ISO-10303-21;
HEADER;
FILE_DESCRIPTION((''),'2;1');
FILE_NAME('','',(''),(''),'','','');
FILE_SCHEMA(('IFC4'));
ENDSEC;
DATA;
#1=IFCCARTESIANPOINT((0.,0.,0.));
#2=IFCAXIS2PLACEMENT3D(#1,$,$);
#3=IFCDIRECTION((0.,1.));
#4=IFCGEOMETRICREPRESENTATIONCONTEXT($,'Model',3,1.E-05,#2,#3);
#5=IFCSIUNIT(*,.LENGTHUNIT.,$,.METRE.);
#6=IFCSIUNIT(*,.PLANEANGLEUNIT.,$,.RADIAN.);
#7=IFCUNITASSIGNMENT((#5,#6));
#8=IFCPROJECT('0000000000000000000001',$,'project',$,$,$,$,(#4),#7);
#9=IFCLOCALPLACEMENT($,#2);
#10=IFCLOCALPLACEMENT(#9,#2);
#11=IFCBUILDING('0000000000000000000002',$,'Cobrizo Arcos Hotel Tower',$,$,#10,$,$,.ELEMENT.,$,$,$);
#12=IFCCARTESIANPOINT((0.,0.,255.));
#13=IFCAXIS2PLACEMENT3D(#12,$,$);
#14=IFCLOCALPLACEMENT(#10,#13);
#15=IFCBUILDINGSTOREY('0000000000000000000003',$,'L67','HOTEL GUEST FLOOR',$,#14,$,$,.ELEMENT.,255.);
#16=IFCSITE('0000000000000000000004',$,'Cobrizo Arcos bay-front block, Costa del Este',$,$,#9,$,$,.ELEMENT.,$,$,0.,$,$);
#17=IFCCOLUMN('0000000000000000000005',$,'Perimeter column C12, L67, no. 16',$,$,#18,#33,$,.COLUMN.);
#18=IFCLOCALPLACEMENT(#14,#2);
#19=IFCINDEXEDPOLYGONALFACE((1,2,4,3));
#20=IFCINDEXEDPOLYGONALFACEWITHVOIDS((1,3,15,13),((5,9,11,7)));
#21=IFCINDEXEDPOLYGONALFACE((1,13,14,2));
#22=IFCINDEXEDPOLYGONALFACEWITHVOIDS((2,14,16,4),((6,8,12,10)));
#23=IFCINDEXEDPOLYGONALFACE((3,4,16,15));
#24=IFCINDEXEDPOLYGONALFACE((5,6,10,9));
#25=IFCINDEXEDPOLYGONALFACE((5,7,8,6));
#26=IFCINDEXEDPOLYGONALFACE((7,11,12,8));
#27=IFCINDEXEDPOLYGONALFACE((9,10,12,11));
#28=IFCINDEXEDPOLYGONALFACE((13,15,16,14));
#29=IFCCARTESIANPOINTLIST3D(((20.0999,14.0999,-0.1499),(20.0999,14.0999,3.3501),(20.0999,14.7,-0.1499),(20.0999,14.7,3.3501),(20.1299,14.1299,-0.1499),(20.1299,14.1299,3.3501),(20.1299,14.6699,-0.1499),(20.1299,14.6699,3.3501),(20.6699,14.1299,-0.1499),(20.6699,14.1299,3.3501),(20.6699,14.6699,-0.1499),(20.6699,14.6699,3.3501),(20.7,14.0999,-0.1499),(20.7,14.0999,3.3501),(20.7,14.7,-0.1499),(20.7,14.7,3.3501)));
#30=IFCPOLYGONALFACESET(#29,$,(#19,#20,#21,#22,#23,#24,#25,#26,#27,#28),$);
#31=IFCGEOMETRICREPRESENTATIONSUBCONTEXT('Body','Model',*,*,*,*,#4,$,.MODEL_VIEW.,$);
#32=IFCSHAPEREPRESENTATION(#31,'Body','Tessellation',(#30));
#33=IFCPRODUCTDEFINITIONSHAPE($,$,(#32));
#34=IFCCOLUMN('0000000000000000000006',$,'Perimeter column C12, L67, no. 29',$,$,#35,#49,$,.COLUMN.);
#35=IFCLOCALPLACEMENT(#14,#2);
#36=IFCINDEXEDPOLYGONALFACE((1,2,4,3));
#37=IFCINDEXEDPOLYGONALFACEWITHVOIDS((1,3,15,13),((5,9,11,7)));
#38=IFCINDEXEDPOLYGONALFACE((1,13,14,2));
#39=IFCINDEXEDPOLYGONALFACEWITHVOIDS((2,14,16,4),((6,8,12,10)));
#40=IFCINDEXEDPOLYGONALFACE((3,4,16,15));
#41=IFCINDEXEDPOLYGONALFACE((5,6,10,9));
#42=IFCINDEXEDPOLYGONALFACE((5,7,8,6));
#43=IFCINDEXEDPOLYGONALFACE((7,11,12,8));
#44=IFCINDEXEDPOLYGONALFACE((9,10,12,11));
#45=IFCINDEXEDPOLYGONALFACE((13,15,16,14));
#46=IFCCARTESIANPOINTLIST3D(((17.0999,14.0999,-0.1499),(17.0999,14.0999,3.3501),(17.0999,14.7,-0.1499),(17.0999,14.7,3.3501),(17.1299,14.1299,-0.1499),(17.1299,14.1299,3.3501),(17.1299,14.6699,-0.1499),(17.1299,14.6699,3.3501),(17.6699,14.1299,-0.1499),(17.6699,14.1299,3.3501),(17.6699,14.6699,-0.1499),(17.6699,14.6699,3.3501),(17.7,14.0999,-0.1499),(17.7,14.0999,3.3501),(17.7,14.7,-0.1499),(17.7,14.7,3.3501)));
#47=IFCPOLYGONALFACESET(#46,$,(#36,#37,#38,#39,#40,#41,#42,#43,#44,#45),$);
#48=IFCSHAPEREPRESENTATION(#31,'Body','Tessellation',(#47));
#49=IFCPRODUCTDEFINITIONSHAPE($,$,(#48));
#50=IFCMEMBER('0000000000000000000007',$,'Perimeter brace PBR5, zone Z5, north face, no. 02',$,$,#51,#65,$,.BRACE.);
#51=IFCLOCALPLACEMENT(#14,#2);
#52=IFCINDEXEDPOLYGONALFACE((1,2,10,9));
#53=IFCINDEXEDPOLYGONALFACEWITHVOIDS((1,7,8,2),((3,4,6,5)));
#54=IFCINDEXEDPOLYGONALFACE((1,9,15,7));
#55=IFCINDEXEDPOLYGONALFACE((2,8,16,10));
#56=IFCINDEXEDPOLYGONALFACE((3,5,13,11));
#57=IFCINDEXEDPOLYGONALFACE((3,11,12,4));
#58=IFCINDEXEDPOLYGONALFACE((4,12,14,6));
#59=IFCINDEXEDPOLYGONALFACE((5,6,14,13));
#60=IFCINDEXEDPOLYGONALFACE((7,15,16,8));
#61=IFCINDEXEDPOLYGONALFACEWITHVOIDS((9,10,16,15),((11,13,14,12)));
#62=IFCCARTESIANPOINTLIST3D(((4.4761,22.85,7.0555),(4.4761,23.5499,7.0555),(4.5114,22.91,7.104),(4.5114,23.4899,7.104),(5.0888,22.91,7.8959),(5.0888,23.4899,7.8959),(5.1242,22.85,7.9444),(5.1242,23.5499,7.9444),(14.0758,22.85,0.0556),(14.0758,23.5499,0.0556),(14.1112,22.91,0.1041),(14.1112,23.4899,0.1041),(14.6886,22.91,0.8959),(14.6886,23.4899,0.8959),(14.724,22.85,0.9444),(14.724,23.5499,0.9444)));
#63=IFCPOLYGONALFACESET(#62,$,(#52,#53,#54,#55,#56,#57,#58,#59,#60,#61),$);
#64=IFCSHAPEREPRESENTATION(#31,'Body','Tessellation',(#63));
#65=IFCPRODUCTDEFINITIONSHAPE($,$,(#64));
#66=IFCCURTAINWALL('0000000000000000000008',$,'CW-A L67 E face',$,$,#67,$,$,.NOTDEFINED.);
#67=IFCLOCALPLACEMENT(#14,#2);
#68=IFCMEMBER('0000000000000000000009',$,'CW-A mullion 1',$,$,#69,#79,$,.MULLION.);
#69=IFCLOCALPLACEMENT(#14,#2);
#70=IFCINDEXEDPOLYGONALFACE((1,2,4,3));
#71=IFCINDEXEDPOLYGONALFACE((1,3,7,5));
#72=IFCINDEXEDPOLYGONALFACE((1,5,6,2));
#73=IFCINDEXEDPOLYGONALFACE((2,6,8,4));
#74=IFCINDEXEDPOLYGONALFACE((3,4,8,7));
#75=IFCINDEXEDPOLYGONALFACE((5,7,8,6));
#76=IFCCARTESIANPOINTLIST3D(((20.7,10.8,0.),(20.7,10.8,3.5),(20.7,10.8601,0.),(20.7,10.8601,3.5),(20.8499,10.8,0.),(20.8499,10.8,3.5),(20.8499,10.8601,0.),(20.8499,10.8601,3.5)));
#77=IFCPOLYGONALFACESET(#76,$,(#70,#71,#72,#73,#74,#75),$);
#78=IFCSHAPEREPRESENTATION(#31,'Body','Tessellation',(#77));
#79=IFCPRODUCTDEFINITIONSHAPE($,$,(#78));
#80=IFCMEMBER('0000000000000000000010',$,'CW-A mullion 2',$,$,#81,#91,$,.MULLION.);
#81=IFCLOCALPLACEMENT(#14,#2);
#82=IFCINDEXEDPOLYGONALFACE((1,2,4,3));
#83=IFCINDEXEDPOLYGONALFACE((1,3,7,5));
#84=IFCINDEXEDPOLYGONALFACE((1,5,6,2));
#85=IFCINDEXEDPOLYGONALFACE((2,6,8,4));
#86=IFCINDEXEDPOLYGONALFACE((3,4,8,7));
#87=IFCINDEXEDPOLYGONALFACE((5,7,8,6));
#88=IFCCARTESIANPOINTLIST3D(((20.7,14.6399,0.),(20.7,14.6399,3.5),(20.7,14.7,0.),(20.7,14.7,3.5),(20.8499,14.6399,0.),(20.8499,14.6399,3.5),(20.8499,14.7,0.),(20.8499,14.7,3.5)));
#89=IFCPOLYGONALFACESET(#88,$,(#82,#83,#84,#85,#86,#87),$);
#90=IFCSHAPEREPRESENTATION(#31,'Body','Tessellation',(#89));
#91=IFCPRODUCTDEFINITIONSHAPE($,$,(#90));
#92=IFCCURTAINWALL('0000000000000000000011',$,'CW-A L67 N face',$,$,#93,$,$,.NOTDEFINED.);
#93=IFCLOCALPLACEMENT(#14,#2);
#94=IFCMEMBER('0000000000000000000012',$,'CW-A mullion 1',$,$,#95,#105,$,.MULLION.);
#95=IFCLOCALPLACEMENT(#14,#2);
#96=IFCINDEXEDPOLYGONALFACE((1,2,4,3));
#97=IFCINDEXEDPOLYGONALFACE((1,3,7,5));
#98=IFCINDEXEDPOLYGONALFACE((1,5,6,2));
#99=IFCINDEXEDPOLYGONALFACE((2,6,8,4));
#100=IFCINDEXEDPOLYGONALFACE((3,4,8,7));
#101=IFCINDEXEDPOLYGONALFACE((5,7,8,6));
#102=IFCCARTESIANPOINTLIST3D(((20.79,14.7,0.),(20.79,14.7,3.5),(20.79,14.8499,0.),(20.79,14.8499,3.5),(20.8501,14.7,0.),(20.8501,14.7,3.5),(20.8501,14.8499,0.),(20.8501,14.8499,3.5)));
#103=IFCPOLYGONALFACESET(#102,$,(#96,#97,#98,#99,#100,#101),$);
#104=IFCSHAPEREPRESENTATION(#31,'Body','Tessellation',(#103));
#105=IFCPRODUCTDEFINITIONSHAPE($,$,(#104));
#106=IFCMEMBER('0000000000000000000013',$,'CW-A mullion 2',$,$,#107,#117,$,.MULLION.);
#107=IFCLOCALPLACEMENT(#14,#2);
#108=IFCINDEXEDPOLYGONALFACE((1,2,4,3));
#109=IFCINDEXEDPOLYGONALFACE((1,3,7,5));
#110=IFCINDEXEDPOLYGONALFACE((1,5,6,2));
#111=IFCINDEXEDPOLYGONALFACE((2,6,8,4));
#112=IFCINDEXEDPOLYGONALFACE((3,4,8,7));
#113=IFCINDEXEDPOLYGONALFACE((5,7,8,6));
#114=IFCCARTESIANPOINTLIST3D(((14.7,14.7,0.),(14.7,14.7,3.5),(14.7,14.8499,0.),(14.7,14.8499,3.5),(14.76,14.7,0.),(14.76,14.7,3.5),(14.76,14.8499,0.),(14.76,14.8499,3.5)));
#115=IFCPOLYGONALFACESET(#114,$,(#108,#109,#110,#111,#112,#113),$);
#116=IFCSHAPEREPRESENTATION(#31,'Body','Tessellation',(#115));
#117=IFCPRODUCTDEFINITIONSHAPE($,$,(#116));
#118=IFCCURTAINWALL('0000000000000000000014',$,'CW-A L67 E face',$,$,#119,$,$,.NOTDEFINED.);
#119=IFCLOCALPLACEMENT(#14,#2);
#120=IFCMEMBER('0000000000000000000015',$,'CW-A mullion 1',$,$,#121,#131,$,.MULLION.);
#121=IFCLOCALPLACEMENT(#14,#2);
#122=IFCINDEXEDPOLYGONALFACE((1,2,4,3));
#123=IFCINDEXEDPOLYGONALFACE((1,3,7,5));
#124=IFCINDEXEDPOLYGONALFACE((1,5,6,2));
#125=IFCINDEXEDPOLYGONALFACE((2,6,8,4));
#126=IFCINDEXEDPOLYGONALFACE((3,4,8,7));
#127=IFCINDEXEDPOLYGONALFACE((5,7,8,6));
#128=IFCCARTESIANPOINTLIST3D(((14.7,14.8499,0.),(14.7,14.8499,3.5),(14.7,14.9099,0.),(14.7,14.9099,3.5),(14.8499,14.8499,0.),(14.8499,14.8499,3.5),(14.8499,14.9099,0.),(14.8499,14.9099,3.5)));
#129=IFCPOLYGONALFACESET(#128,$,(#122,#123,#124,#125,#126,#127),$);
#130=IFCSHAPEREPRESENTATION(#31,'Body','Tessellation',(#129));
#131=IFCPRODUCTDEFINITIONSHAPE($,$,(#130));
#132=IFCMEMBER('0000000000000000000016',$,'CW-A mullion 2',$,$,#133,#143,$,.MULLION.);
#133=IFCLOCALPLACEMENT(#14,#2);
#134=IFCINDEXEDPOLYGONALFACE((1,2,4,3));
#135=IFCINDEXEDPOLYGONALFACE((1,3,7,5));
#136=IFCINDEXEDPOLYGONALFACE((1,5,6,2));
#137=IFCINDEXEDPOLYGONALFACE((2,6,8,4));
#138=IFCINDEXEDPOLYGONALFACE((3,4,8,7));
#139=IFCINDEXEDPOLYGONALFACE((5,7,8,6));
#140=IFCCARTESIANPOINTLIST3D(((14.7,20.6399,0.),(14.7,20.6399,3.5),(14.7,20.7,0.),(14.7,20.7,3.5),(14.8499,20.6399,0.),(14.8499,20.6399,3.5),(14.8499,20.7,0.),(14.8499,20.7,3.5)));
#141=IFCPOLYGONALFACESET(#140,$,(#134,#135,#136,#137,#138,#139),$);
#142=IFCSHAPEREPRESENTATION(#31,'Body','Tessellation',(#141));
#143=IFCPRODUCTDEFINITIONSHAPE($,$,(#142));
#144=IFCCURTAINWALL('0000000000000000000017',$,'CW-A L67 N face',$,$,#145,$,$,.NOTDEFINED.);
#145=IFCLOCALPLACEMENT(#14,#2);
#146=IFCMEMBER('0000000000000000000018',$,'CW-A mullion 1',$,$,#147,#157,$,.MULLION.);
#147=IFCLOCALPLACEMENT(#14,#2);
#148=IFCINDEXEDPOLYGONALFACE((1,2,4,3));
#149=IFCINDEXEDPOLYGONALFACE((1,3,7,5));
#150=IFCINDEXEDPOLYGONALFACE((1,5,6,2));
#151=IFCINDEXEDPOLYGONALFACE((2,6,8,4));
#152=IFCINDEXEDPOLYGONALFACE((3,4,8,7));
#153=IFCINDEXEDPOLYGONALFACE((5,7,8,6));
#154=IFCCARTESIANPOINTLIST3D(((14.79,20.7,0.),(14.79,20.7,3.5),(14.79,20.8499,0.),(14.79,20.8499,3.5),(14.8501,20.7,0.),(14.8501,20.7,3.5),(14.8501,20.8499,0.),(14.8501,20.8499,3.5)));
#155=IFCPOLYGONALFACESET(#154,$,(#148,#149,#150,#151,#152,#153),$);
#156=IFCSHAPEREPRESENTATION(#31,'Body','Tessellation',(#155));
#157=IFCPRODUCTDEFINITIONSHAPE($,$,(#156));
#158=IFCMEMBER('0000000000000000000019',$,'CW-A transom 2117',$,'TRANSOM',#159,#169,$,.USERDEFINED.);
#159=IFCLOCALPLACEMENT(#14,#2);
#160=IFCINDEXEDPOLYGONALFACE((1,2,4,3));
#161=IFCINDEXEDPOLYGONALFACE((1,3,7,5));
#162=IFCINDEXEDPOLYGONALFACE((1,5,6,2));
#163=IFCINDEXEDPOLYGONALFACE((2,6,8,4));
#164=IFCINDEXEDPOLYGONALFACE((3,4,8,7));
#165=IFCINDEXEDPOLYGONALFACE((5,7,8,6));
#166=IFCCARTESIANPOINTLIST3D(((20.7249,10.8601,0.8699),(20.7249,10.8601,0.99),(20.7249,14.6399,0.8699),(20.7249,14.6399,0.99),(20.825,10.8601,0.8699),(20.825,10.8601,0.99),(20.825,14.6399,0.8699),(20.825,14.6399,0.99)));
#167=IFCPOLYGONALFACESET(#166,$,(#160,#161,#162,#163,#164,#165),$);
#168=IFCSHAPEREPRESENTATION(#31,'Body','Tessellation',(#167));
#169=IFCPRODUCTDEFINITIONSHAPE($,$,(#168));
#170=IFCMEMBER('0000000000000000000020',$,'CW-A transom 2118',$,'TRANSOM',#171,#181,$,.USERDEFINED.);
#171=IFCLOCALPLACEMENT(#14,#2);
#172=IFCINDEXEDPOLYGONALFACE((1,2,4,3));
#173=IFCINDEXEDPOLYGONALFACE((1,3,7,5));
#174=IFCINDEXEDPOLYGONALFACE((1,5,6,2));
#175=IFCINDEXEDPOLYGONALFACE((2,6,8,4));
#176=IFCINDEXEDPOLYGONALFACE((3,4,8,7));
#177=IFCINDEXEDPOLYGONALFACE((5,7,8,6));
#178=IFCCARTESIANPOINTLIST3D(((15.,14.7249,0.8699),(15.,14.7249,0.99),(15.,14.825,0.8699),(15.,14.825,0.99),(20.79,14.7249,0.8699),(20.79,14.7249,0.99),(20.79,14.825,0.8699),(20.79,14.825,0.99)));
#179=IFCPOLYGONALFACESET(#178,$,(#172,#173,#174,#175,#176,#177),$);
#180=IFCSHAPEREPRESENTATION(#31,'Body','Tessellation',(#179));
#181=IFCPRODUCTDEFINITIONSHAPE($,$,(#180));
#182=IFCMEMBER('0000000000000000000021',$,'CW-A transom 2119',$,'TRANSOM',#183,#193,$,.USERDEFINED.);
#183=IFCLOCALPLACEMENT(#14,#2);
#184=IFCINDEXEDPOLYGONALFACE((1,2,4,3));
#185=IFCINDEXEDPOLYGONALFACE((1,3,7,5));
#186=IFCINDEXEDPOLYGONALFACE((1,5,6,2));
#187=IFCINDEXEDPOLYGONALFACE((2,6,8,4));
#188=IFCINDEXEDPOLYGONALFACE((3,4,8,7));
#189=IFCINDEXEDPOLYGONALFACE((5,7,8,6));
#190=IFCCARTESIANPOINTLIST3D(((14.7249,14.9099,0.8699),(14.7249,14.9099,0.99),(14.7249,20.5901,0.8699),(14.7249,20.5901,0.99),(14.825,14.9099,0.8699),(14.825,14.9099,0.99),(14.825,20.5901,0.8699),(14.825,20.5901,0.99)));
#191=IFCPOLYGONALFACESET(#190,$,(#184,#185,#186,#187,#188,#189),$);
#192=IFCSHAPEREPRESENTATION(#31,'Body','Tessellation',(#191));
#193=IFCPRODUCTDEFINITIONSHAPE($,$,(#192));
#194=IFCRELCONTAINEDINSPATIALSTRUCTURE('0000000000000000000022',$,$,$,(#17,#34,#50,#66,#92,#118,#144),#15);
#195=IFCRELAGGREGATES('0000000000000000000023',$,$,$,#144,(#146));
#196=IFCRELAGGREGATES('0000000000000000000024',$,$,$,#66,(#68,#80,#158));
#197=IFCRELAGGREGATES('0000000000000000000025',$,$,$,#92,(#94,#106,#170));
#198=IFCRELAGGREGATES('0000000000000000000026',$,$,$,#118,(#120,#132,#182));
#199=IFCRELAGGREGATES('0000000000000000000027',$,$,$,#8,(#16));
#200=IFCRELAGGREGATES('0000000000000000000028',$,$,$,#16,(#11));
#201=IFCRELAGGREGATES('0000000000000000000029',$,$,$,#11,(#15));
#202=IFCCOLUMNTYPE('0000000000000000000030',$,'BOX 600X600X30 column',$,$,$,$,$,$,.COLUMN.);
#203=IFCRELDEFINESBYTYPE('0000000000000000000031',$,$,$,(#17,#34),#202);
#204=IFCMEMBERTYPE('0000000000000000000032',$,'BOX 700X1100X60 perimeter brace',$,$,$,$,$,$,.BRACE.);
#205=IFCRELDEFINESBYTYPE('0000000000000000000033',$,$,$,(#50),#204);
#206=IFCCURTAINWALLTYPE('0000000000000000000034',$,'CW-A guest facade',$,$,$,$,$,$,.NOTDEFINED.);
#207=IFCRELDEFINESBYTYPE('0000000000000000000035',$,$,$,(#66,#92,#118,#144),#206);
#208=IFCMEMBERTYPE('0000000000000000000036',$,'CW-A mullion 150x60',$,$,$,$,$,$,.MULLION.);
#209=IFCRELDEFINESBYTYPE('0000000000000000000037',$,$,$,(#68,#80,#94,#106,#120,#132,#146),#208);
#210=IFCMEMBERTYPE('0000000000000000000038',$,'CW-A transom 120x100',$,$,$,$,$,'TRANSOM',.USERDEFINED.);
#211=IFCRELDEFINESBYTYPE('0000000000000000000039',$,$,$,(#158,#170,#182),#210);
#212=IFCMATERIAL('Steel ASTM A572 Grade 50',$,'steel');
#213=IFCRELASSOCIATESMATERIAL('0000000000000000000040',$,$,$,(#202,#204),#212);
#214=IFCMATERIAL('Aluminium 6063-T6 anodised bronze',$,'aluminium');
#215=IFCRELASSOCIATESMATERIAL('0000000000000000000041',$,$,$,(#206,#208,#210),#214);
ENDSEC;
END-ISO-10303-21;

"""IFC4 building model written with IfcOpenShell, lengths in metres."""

from ifc_helpers import new_model, si_unit, direction, frame, origin, origin_2d, place, context, subcontext, project, spatial, rectangle, hollow_rectangle, extrude, material, material_profile, profile_set, type_object, element, aggregate, save


model = new_model("IFC4")

# Units and contexts
model_context = context("Model", 3, precision=1e-05, world=origin(), true_north=direction((0.0, 1.0)))
body_context = subcontext(model_context, "Body", "Model", "MODEL_VIEW")
ifc_project = project(units=[si_unit("LENGTHUNIT", "METRE"), si_unit("PLANEANGLEUNIT", "RADIAN")], contexts=[model_context])

# Site, building, storey
site_placement = place(None, origin())
site = spatial("IfcSite", under=ifc_project, at=site_placement, Name="Cobrizo Arcos bay-front block, Costa del Este", CompositionType="ELEMENT", RefElevation=0.0)
building_placement = place(site_placement, origin())
building = spatial("IfcBuilding", under=site, at=building_placement, Name="Cobrizo Arcos Hotel Tower", CompositionType="ELEMENT")
storey_placement = place(building_placement, frame((0.0, 0.0, 255.0)))
storey = spatial("IfcBuildingStorey", under=building, at=storey_placement, Name="L67", Description="HOTEL GUEST FLOOR", CompositionType="ELEMENT", Elevation=255.0)

# Columns
ifc_material_1 = material(Name="Steel ASTM A572 Grade 50", Category="steel")
ifc_material_profile_1 = material_profile(ifc_material_1, hollow_rectangle(XDim=0.6001, YDim=0.6001, WallThickness=0.03, at=origin_2d()), Name="BOX 600X600X30")
ifc_profile_set_1 = profile_set([ifc_material_profile_1], Name="Steel ASTM A572 Grade 50")
column_type = type_object("IfcColumnType", Name="BOX 600X600X30 column", PredefinedType="COLUMN", material=ifc_profile_set_1)
for number, where, z_axis, x_axis, name in (
    (1, (20.3999, 14.3999, -0.1499), (0.0, 0.0, 1.0), (1.0, 0.0, 0.0), "Perimeter column C12, L67, no. 16"),
    (2, (17.3999, 14.3999, -0.1499), (0.0, 0.0, 1.0), (1.0, 0.0, 0.0), "Perimeter column C12, L67, no. 29"),
):
    element("IfcColumn", number, at=place(storey_placement, frame(where, z_axis=z_axis, x_axis=x_axis)), inside=storey, type_object=column_type, Name=name, PredefinedType="COLUMN", context=body_context, shape_type="SweptSolid", body=[
        extrude(hollow_rectangle(XDim=0.6001, YDim=0.6001, WallThickness=0.03, at=origin_2d()), origin(), (0.0, 0.0, 1.0), 3.5),
    ])

# Member
ifc_material_profile_2 = material_profile(ifc_material_1, hollow_rectangle(XDim=0.7, YDim=1.1001, WallThickness=0.0601, at=origin_2d()), Name="BOX 700X1100X60")
ifc_profile_set_2 = profile_set([ifc_material_profile_2], Name="Steel ASTM A572 Grade 50")
member_type_1 = type_object("IfcMemberType", Name="BOX 700X1100X60 perimeter brace", PredefinedType="BRACE", material=ifc_profile_set_2)
member_1_placement = place(storey_placement, frame((14.3999, 23.2, 0.5), z_axis=(-0.808003, 0.0, 0.589178), x_axis=(0.0, -1.0, 0.0)))
element("IfcMember", 3, at=member_1_placement, inside=storey, type_object=member_type_1, Name="Perimeter brace PBR5, zone Z5, north face, no. 02", PredefinedType="BRACE", context=body_context, shape_type="SweptSolid", body=[
    extrude(hollow_rectangle(XDim=0.7, YDim=1.1001, WallThickness=0.0601, at=origin_2d()), origin(), (0.0, 0.0, 1.0), 11.8809),
])

# Curtain walls, members
ifc_material_2 = material(Name="Aluminium 6063-T6 anodised bronze", Category="aluminium")
curtain_wall_type = type_object("IfcCurtainWallType", Name="CW-A guest facade", PredefinedType="NOTDEFINED", material=ifc_material_2)
curtain_wall_1_placement = place(storey_placement, origin())
curtain_wall_1 = element("IfcCurtainWall", 4, at=curtain_wall_1_placement, inside=storey, type_object=curtain_wall_type, Name="CW-A L67 E face", PredefinedType="NOTDEFINED")
ifc_material_profile_3 = material_profile(ifc_material_2, rectangle(XDim=0.1499, YDim=0.0601, at=origin_2d()), Name="CW-A mullion 150x60")
ifc_profile_set_3 = profile_set([ifc_material_profile_3], Name="Aluminium 6063-T6 anodised bronze")
member_type_2 = type_object("IfcMemberType", Name="CW-A mullion 150x60", PredefinedType="MULLION", material=ifc_profile_set_3)
member_2_placement = place(storey_placement, frame((20.7749, 10.8301, 0.0), z_axis=(0.0, 0.0, 1.0), x_axis=(1.0, 0.0, 0.0)))
member_2 = element("IfcMember", 5, at=member_2_placement, type_object=member_type_2, Name="CW-A mullion 1", PredefinedType="MULLION", context=body_context, shape_type="SweptSolid", body=[
    extrude(rectangle(XDim=0.1499, YDim=0.0601, at=origin_2d()), origin(), (0.0, 0.0, 1.0), 3.5),
])
member_3_placement = place(storey_placement, frame((20.7749, 14.6699, 0.0), z_axis=(0.0, 0.0, 1.0), x_axis=(1.0, 0.0, 0.0)))
member_3 = element("IfcMember", 6, at=member_3_placement, type_object=member_type_2, Name="CW-A mullion 2", PredefinedType="MULLION", context=body_context, shape_type="SweptSolid", body=[
    extrude(rectangle(XDim=0.1499, YDim=0.0601, at=origin_2d()), origin(), (0.0, 0.0, 1.0), 3.5),
])
curtain_wall_2_placement = place(storey_placement, origin())
curtain_wall_2 = element("IfcCurtainWall", 7, at=curtain_wall_2_placement, inside=storey, type_object=curtain_wall_type, Name="CW-A L67 N face", PredefinedType="NOTDEFINED")
member_4_placement = place(storey_placement, frame((20.8201, 14.7749, 0.0), z_axis=(0.0, 0.0, 1.0), x_axis=(0.0, 1.0, 0.0)))
member_4 = element("IfcMember", 8, at=member_4_placement, type_object=member_type_2, Name="CW-A mullion 1", PredefinedType="MULLION", context=body_context, shape_type="SweptSolid", body=[
    extrude(rectangle(XDim=0.1499, YDim=0.0601, at=origin_2d()), origin(), (0.0, 0.0, 1.0), 3.5),
])
member_5_placement = place(storey_placement, frame((14.73, 14.7749, 0.0), z_axis=(0.0, 0.0, 1.0), x_axis=(0.0, 1.0, 0.0)))
member_5 = element("IfcMember", 9, at=member_5_placement, type_object=member_type_2, Name="CW-A mullion 2", PredefinedType="MULLION", context=body_context, shape_type="SweptSolid", body=[
    extrude(rectangle(XDim=0.1499, YDim=0.0601, at=origin_2d()), origin(), (0.0, 0.0, 1.0), 3.5),
])
curtain_wall_3_placement = place(storey_placement, origin())
curtain_wall_3 = element("IfcCurtainWall", 10, at=curtain_wall_3_placement, inside=storey, type_object=curtain_wall_type, Name="CW-A L67 E face", PredefinedType="NOTDEFINED")
member_6_placement = place(storey_placement, frame((14.7749, 14.8799, 0.0), z_axis=(0.0, 0.0, 1.0), x_axis=(1.0, 0.0, 0.0)))
member_6 = element("IfcMember", 11, at=member_6_placement, type_object=member_type_2, Name="CW-A mullion 1", PredefinedType="MULLION", context=body_context, shape_type="SweptSolid", body=[
    extrude(rectangle(XDim=0.1499, YDim=0.0601, at=origin_2d()), origin(), (0.0, 0.0, 1.0), 3.5),
])
member_7_placement = place(storey_placement, frame((14.7749, 20.6699, 0.0), z_axis=(0.0, 0.0, 1.0), x_axis=(1.0, 0.0, 0.0)))
member_7 = element("IfcMember", 12, at=member_7_placement, type_object=member_type_2, Name="CW-A mullion 2", PredefinedType="MULLION", context=body_context, shape_type="SweptSolid", body=[
    extrude(rectangle(XDim=0.1499, YDim=0.0601, at=origin_2d()), origin(), (0.0, 0.0, 1.0), 3.5),
])

# Curtain wall, member
curtain_wall_4_placement = place(storey_placement, origin())
curtain_wall_4 = element("IfcCurtainWall", 13, at=curtain_wall_4_placement, inside=storey, type_object=curtain_wall_type, Name="CW-A L67 N face", PredefinedType="NOTDEFINED")
member_8_placement = place(storey_placement, frame((14.8201, 20.7749, 0.0), z_axis=(0.0, 0.0, 1.0), x_axis=(0.0, 1.0, 0.0)))
member_8 = element("IfcMember", 14, at=member_8_placement, type_object=member_type_2, Name="CW-A mullion 1", PredefinedType="MULLION", context=body_context, shape_type="SweptSolid", body=[
    extrude(rectangle(XDim=0.1499, YDim=0.0601, at=origin_2d()), origin(), (0.0, 0.0, 1.0), 3.5),
])
aggregate(curtain_wall_4, [member_8])

# Members
ifc_material_profile_4 = material_profile(ifc_material_2, rectangle(XDim=0.1001, YDim=0.1201, at=origin_2d()), Name="CW-A transom 120x100")
ifc_profile_set_4 = profile_set([ifc_material_profile_4], Name="Aluminium 6063-T6 anodised bronze")
member_type_3 = type_object("IfcMemberType", Name="CW-A transom 120x100", ElementType="TRANSOM", PredefinedType="USERDEFINED", material=ifc_profile_set_4)
member_9_placement = place(storey_placement, frame((20.7749, 10.8601, 0.9299), z_axis=(0.0, 1.0, 0.0), x_axis=(-1.0, 0.0, 0.0)))
member_9 = element("IfcMember", 15, at=member_9_placement, type_object=member_type_3, Name="CW-A transom 2117", ObjectType="TRANSOM", PredefinedType="USERDEFINED", context=body_context, shape_type="SweptSolid", body=[
    extrude(rectangle(XDim=0.1001, YDim=0.1201, at=origin_2d()), origin(), (0.0, 0.0, 1.0), 3.7798),
])
member_10_placement = place(storey_placement, frame((20.79, 14.7749, 0.9299), z_axis=(-1.0, 0.0, 0.0), x_axis=(0.0, -1.0, 0.0)))
member_10 = element("IfcMember", 16, at=member_10_placement, type_object=member_type_3, Name="CW-A transom 2118", ObjectType="TRANSOM", PredefinedType="USERDEFINED", context=body_context, shape_type="SweptSolid", body=[
    extrude(rectangle(XDim=0.1001, YDim=0.1201, at=origin_2d()), origin(), (0.0, 0.0, 1.0), 5.79),
])
member_11_placement = place(storey_placement, frame((14.7749, 14.9099, 0.9299), z_axis=(0.0, 1.0, 0.0), x_axis=(-1.0, 0.0, 0.0)))
member_11 = element("IfcMember", 17, at=member_11_placement, type_object=member_type_3, Name="CW-A transom 2119", ObjectType="TRANSOM", PredefinedType="USERDEFINED", context=body_context, shape_type="SweptSolid", body=[
    extrude(rectangle(XDim=0.1001, YDim=0.1201, at=origin_2d()), origin(), (0.0, 0.0, 1.0), 5.6802),
])

aggregate(curtain_wall_1, [member_2, member_3, member_9])
aggregate(curtain_wall_2, [member_4, member_5, member_10])
aggregate(curtain_wall_3, [member_6, member_7, member_11])

save(model, "model.ifc")
